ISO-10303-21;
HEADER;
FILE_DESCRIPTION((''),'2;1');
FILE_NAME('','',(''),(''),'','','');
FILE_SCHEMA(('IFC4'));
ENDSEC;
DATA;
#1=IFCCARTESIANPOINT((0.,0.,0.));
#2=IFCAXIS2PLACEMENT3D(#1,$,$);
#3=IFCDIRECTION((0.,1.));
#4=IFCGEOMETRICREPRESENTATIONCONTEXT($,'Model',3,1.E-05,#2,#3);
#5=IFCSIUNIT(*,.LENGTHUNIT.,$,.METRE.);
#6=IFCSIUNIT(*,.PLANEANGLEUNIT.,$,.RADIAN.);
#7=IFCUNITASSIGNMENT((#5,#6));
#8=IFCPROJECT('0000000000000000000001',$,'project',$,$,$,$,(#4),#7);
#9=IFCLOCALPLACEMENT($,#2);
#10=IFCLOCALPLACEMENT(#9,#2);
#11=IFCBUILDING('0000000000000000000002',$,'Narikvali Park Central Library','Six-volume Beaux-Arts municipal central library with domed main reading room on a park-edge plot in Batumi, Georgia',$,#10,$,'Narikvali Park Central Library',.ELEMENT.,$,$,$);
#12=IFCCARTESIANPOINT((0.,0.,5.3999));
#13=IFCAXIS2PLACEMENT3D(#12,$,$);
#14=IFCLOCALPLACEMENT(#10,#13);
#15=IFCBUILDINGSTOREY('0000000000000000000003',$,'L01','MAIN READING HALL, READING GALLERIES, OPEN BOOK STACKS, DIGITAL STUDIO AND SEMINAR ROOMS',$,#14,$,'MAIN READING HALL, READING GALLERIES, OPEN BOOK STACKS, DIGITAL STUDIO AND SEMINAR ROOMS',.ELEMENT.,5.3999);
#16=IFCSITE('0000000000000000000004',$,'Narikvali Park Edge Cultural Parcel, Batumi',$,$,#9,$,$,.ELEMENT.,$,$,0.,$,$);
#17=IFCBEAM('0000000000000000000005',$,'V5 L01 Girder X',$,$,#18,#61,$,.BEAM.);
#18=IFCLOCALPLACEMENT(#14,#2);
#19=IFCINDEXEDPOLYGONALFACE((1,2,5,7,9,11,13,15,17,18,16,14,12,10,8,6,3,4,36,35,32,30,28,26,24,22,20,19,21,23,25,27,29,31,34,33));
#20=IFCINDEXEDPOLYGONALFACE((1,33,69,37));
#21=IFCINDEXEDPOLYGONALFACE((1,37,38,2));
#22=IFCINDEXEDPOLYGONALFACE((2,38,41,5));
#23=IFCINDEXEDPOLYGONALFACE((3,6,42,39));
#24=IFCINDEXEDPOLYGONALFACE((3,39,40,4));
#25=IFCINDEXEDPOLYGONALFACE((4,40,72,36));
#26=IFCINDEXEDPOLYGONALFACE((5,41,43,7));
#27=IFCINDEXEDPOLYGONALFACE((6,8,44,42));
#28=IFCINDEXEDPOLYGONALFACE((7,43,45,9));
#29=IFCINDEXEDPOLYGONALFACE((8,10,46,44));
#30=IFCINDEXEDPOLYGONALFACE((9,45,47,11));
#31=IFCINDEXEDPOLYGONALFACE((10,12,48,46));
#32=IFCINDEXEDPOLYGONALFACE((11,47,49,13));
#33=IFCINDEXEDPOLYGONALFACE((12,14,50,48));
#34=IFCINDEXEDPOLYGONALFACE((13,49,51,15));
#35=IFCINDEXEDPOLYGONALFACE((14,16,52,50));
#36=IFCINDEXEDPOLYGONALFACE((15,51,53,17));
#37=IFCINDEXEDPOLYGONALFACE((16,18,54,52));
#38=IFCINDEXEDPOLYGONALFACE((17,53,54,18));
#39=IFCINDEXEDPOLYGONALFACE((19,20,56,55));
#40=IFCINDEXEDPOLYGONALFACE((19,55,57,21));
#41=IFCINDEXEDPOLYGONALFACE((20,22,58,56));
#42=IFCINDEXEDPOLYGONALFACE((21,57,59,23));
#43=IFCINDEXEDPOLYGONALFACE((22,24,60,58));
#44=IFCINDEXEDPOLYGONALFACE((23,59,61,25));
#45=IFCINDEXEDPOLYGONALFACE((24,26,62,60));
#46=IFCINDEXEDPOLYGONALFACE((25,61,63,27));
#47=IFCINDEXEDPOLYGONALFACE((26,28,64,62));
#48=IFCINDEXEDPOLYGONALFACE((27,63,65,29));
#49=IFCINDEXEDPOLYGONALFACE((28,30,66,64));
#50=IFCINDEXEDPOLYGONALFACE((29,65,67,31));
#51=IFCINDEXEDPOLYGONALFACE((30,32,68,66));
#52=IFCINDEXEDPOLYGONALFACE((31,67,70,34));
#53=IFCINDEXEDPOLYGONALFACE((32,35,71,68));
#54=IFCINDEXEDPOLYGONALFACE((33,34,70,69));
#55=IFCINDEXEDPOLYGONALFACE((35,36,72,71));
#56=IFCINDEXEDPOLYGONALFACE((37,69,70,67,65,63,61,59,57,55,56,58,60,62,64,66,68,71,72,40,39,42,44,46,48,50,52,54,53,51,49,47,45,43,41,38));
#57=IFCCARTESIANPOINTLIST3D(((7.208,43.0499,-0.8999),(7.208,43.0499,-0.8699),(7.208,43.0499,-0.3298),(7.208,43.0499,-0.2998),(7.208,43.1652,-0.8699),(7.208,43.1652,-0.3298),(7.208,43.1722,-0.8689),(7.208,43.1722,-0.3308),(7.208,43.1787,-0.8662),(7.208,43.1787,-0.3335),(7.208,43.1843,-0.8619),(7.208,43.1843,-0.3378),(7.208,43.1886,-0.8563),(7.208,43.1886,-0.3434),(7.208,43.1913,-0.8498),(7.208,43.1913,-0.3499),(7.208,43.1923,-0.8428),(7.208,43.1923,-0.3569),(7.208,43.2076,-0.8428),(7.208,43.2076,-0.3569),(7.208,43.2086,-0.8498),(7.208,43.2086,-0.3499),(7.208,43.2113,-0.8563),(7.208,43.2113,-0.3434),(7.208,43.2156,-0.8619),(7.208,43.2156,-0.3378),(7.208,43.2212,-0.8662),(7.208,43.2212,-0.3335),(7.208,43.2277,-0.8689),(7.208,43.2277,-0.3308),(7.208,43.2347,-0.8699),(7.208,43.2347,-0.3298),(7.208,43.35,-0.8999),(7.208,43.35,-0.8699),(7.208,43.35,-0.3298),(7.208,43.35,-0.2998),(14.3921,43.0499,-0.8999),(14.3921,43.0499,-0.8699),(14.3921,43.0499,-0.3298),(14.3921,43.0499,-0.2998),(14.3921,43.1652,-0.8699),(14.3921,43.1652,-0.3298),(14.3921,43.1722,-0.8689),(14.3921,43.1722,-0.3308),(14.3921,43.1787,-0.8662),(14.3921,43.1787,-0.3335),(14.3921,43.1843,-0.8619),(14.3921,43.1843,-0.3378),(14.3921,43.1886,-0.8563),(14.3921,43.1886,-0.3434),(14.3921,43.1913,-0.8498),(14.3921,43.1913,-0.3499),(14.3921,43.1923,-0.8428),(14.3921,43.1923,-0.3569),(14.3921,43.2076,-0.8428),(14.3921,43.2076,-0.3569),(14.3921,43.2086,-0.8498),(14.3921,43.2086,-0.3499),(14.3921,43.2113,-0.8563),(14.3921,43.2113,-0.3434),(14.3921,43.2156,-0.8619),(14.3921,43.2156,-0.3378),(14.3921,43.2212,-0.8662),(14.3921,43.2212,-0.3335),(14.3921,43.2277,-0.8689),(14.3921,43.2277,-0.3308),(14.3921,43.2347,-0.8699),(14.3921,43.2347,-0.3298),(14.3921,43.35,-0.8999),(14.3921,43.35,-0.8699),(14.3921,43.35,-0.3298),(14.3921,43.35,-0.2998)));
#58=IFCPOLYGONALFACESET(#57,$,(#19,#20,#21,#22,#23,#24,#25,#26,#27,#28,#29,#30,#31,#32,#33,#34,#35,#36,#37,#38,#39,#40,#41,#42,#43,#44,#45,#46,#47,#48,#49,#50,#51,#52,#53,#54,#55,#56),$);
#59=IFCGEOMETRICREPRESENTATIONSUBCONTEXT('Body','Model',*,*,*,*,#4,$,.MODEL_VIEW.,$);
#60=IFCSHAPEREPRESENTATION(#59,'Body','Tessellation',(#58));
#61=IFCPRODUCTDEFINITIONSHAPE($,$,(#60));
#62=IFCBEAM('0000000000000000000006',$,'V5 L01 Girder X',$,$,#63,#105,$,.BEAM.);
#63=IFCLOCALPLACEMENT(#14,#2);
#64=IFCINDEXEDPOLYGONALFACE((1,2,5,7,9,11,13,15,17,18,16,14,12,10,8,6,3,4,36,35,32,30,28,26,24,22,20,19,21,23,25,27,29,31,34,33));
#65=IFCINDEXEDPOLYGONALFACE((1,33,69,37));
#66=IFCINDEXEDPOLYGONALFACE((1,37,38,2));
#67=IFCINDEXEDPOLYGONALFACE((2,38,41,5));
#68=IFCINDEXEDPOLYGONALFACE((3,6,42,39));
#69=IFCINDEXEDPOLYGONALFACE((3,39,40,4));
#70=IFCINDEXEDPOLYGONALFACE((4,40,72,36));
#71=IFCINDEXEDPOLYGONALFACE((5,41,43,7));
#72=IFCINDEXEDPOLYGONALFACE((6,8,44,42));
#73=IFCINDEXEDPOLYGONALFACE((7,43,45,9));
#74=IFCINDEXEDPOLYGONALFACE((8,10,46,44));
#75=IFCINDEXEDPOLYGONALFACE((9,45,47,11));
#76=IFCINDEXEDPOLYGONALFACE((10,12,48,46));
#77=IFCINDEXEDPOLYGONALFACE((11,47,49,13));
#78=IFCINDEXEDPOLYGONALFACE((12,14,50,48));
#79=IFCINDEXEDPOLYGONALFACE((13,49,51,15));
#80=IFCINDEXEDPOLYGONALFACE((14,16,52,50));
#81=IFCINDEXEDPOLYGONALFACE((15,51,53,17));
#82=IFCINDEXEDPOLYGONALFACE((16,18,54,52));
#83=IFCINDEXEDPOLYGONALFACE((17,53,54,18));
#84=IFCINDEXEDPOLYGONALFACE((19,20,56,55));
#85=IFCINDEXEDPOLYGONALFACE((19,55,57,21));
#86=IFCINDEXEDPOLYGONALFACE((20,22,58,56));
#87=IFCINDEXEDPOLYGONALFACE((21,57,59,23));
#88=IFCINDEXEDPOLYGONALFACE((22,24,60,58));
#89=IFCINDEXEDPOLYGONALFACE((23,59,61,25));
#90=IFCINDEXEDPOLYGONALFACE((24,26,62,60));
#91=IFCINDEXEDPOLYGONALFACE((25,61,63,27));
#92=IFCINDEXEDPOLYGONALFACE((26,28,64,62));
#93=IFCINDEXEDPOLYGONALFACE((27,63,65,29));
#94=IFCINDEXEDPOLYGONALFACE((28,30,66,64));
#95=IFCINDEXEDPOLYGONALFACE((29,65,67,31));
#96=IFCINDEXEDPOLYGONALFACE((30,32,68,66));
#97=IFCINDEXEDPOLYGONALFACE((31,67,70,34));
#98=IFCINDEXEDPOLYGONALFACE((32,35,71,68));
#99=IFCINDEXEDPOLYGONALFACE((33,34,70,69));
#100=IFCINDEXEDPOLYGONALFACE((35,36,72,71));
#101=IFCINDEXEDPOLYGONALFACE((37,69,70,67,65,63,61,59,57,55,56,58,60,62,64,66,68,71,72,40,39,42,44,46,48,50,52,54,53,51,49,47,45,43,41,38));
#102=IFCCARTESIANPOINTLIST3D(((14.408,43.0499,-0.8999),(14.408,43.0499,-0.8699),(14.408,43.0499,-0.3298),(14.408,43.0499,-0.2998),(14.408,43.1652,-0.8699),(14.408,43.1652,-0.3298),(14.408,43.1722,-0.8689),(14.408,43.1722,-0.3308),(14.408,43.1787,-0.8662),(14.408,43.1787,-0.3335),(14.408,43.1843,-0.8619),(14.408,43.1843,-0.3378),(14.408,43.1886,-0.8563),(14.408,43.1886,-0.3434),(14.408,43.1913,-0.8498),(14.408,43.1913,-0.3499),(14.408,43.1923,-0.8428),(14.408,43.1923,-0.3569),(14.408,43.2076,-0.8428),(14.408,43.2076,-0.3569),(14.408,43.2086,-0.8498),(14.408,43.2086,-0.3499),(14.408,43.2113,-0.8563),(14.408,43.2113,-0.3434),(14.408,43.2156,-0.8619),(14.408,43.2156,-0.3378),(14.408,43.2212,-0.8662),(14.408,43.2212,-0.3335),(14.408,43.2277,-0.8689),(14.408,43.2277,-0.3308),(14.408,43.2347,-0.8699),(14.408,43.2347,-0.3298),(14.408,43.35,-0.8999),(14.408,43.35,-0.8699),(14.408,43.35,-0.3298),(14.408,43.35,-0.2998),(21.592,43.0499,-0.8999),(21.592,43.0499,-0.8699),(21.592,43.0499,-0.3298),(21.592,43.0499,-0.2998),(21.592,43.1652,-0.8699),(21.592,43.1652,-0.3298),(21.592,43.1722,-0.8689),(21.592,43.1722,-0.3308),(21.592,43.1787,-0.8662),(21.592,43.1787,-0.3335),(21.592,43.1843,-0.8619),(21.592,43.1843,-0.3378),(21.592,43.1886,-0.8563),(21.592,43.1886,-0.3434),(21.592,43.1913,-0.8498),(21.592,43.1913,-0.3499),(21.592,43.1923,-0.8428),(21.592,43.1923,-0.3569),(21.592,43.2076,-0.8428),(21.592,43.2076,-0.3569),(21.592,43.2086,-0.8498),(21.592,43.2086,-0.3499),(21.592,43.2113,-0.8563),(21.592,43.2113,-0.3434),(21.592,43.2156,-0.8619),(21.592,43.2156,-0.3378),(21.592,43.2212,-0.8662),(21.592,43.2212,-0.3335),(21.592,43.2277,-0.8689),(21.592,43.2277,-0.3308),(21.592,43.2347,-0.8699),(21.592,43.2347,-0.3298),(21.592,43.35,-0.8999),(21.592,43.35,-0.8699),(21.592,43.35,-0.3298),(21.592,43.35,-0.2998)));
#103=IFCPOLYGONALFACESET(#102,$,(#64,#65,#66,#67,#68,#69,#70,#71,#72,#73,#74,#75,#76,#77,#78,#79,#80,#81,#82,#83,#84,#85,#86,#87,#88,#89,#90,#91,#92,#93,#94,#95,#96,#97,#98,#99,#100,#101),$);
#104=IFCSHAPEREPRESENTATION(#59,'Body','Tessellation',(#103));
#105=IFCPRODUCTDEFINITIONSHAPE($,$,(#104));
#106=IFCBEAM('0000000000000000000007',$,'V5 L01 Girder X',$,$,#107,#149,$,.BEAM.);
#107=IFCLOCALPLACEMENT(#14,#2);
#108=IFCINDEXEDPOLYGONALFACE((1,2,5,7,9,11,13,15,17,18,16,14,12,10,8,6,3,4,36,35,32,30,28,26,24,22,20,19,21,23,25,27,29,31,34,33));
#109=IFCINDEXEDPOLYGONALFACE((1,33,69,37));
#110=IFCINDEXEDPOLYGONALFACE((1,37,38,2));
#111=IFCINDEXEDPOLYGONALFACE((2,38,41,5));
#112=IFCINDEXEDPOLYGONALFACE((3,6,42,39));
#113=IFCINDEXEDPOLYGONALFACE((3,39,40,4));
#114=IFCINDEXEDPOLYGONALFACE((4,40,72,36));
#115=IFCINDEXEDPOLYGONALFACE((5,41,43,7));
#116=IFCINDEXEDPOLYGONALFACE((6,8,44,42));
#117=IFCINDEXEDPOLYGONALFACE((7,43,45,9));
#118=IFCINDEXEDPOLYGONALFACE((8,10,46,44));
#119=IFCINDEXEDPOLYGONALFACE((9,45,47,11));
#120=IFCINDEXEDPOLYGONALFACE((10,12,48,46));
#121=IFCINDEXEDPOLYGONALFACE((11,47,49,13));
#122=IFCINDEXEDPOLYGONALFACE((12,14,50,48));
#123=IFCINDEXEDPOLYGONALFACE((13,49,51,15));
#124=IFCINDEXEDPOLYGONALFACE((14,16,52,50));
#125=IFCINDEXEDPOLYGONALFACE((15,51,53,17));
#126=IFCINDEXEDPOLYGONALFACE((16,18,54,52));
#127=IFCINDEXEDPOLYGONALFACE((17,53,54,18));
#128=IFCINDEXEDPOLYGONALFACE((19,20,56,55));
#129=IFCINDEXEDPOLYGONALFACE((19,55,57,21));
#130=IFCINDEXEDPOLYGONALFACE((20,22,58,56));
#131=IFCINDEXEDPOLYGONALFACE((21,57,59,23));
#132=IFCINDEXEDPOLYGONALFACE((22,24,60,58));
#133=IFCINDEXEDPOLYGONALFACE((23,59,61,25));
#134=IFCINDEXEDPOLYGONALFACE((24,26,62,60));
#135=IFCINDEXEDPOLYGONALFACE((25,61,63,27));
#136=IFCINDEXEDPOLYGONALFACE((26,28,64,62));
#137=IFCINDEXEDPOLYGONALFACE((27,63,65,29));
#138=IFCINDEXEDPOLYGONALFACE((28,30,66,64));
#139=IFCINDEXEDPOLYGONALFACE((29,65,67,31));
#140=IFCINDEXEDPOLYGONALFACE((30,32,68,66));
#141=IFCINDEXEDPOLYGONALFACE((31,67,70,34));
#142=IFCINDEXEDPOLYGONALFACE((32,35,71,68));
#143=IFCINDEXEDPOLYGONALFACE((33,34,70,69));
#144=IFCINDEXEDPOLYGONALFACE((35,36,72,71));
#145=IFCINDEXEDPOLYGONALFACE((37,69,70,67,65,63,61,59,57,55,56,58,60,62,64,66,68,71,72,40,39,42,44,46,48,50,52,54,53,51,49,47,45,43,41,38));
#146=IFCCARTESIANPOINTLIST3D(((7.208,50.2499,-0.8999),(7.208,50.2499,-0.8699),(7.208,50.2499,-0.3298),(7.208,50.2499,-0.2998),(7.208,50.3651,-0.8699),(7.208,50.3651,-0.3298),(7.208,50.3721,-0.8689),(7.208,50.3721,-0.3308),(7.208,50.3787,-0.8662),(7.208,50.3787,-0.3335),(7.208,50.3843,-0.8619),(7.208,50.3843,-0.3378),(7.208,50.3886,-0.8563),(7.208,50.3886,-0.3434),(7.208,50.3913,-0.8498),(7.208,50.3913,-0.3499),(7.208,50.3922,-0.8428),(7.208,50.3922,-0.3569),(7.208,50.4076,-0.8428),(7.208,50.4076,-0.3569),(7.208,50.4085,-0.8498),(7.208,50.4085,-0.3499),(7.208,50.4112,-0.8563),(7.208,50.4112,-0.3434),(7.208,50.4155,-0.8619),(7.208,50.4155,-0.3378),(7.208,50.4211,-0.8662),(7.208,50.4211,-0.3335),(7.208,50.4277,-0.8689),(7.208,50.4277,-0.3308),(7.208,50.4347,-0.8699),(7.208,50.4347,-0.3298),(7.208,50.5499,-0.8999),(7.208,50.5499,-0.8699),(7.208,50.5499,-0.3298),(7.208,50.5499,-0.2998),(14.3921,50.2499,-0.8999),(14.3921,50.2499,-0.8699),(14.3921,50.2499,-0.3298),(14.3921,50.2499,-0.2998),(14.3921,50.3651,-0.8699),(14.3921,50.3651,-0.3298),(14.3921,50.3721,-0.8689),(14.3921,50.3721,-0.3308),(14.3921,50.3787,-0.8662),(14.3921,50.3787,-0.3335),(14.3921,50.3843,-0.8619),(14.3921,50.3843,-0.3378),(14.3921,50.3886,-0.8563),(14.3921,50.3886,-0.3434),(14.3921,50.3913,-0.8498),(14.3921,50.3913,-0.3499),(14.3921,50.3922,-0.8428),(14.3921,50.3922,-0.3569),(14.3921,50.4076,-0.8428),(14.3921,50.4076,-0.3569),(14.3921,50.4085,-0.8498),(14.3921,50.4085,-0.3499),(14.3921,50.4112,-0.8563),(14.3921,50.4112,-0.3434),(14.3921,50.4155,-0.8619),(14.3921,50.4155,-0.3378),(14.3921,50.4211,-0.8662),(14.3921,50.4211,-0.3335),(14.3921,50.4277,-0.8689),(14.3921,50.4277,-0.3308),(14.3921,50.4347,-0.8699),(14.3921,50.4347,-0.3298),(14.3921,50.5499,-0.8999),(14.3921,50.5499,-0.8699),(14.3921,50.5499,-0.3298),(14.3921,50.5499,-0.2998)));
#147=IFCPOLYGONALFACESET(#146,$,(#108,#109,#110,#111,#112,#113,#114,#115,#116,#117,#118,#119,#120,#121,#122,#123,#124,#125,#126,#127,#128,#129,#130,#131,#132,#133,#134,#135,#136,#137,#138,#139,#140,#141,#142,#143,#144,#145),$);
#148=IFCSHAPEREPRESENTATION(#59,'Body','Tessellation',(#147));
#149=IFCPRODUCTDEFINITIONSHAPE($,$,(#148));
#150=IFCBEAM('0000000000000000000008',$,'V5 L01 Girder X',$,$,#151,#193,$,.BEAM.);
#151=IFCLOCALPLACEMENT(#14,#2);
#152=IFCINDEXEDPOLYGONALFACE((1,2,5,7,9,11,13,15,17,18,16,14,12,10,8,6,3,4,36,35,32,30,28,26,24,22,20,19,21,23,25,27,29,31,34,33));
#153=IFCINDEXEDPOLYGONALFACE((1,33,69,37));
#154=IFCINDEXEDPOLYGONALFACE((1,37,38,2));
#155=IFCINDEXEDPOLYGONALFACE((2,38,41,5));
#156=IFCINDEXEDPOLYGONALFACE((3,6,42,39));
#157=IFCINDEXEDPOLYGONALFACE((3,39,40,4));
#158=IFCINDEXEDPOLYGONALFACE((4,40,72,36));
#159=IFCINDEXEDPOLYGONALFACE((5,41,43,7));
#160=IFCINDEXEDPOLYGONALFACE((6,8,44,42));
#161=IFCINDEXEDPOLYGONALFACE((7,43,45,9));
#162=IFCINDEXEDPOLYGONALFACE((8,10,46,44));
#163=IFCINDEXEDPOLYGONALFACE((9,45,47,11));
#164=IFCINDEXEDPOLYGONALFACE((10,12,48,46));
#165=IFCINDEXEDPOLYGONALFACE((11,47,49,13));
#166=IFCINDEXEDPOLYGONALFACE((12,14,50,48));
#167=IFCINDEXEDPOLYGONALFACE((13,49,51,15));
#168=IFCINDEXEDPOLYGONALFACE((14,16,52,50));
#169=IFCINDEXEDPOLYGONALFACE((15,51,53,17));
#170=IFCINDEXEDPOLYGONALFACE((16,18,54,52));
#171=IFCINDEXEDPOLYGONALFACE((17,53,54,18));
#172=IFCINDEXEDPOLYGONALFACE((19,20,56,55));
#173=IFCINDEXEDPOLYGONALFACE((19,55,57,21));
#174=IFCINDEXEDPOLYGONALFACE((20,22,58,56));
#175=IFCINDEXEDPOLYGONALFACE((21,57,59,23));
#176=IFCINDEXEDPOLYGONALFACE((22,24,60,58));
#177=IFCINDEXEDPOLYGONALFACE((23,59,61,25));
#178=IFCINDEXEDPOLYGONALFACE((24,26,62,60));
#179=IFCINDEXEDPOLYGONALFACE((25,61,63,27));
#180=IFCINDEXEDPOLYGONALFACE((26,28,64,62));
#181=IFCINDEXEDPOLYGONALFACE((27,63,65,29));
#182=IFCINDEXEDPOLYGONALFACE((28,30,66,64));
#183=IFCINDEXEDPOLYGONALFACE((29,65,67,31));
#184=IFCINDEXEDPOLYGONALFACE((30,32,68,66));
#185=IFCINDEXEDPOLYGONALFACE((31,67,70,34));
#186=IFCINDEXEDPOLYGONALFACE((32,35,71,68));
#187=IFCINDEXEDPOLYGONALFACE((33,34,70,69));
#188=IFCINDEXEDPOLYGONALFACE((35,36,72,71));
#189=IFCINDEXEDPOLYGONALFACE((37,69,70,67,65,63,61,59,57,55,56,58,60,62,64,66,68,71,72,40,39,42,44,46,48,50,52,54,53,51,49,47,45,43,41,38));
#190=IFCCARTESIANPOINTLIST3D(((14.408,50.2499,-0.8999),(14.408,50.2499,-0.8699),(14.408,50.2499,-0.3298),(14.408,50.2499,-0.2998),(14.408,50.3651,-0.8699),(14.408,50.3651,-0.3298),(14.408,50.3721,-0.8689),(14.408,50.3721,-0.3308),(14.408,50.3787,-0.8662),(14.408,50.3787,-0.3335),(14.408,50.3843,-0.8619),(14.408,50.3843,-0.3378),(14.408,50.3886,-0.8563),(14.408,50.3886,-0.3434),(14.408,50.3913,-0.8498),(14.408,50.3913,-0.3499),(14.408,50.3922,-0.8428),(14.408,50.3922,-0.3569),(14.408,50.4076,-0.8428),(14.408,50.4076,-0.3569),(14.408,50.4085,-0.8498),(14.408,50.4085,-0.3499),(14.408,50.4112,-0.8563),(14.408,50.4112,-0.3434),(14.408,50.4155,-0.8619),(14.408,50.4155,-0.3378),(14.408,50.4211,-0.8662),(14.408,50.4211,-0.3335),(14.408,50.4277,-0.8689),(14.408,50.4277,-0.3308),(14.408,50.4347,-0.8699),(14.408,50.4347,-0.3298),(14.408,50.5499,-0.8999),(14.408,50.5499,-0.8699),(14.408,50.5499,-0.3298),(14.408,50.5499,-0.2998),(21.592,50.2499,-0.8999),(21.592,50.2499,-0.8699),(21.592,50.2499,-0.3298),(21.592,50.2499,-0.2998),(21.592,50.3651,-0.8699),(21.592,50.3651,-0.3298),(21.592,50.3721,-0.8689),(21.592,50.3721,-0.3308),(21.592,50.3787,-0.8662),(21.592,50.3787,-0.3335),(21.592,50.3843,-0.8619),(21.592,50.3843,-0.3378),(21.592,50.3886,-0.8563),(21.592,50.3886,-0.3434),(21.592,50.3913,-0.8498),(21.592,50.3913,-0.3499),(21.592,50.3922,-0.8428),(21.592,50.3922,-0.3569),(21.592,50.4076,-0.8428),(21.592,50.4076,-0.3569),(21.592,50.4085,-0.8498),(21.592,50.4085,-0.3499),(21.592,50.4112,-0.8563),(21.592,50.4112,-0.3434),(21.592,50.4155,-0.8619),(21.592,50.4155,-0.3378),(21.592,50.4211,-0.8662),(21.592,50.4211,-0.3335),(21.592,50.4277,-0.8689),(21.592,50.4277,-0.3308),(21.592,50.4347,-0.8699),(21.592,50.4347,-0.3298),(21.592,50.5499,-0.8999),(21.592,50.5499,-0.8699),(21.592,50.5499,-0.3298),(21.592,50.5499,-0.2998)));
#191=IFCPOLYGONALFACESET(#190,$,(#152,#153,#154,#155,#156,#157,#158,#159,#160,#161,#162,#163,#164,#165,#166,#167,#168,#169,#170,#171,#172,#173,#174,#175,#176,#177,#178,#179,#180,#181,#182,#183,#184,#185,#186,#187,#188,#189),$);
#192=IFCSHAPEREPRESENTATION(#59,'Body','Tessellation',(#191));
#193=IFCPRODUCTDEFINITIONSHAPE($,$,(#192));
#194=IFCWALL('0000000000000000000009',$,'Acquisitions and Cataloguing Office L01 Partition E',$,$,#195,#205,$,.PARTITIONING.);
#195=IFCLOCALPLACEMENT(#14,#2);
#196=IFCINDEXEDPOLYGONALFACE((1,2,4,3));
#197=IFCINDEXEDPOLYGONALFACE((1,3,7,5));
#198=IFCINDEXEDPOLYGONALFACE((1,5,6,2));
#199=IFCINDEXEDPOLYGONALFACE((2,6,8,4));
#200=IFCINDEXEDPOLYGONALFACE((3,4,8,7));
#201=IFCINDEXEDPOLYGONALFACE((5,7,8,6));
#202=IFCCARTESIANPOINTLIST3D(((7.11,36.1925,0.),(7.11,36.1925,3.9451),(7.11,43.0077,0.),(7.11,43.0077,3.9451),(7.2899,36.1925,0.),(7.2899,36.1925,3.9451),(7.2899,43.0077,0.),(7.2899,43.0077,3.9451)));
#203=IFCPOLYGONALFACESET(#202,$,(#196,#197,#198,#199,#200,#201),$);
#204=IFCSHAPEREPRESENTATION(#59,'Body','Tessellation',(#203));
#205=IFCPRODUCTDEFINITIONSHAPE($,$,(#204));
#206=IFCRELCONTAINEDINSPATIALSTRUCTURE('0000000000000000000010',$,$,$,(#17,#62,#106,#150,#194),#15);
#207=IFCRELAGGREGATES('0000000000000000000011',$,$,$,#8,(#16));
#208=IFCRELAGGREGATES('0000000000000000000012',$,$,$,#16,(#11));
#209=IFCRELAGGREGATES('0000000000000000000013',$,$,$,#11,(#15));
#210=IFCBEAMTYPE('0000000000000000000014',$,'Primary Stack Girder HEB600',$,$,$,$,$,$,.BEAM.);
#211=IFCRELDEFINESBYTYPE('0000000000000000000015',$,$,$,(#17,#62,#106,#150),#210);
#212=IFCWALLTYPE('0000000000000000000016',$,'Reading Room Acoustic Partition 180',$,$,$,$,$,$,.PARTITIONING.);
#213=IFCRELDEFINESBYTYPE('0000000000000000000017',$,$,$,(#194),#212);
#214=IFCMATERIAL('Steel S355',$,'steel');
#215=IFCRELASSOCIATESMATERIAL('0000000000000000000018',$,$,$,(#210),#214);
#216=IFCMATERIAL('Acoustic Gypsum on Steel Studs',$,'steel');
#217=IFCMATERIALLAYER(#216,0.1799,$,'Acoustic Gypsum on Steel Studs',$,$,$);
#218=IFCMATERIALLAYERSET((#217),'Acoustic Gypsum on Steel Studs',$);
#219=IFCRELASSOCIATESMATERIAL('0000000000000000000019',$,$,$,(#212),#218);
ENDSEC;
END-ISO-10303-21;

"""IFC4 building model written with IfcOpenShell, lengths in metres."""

from ifc_helpers import new_model, si_unit, direction, frame, frame_2d, origin, origin_2d, place, context, subcontext, project, spatial, rectangle, i_section, extrude, material, layer, layer_set, material_profile, profile_set, type_object, element, save


model = new_model("IFC4")

# Units and contexts
model_context = context("Model", 3, precision=1e-05, world=origin(), true_north=direction((0.0, 1.0)))
body_context = subcontext(model_context, "Body", "Model", "MODEL_VIEW")
ifc_project = project(units=[si_unit("LENGTHUNIT", "METRE"), si_unit("PLANEANGLEUNIT", "RADIAN")], contexts=[model_context])

# Site, building, storey
site_placement = place(None, origin())
site = spatial("IfcSite", under=ifc_project, at=site_placement, Name="Narikvali Park Edge Cultural Parcel, Batumi", CompositionType="ELEMENT", RefElevation=0.0)
building_placement = place(site_placement, origin())
building = spatial("IfcBuilding", under=site, at=building_placement, Name="Narikvali Park Central Library", Description="Six-volume Beaux-Arts municipal central library with domed main reading room on a park-edge plot in Batumi, Georgia", LongName="Narikvali Park Central Library", CompositionType="ELEMENT")
storey_placement = place(building_placement, frame((0.0, 0.0, 5.3999)))
storey = spatial("IfcBuildingStorey", under=building, at=storey_placement, Name="L01", Description="MAIN READING HALL, READING GALLERIES, OPEN BOOK STACKS, DIGITAL STUDIO AND SEMINAR ROOMS", LongName="MAIN READING HALL, READING GALLERIES, OPEN BOOK STACKS, DIGITAL STUDIO AND SEMINAR ROOMS", CompositionType="ELEMENT", Elevation=5.3999)

# Shared definitions
ifc_material_1 = material(Name="Steel S355", Category="steel")

# Beams
ifc_material_profile_1 = material_profile(ifc_material_1, i_section(OverallWidth=0.3, OverallDepth=0.6001, WebThickness=0.0154, FlangeThickness=0.03, FilletRadius=0.0271, at=origin_2d()), Name="HEB 600")
ifc_profile_set_1 = profile_set([ifc_material_profile_1], Name="Steel S355")
beam_type_1 = type_object("IfcBeamType", Name="Primary Stack Girder HEB600", PredefinedType="BEAM", material=ifc_profile_set_1)
for number, where, z_axis, x_axis, name in (
    (1, (7.208, 43.2, -0.5999), (1.0, 0.0, 0.0), (0.0, 1.0, 0.0), "V5 L01 Girder X"),
    (2, (14.408, 43.2, -0.5999), (1.0, 0.0, 0.0), (0.0, 1.0, 0.0), "V5 L01 Girder X"),
    (3, (7.208, 50.3999, -0.5999), (1.0, 0.0, 0.0), (0.0, 1.0, 0.0), "V5 L01 Girder X"),
    (4, (14.408, 50.3999, -0.5999), (1.0, 0.0, 0.0), (0.0, 1.0, 0.0), "V5 L01 Girder X"),
):
    element("IfcBeam", number, at=place(storey_placement, frame(where, z_axis=z_axis, x_axis=x_axis)), inside=storey, type_object=beam_type_1, Name=name, PredefinedType="BEAM", context=body_context, shape_type="SweptSolid", body=[
        extrude(i_section(OverallWidth=0.3, OverallDepth=0.6001, WebThickness=0.0154, FlangeThickness=0.03, FilletRadius=0.0271, at=origin_2d()), origin(), (0.0, 0.0, 1.0), 7.1841),
    ])

# Wall
ifc_material_2 = material(Name="Acoustic Gypsum on Steel Studs", Category="steel")
ifc_layer_1 = layer(ifc_material_2, 0.1799, Name="Acoustic Gypsum on Steel Studs")
ifc_layer_set_1 = layer_set([ifc_layer_1], Name="Acoustic Gypsum on Steel Studs")
wall_type_1 = type_object("IfcWallType", Name="Reading Room Acoustic Partition 180", PredefinedType="PARTITIONING", material=ifc_layer_set_1)
wall_1_placement = place(storey_placement, frame((7.2, 36.1924, 0.0), z_axis=(0.0, 0.0, 1.0), x_axis=(0.0, 1.0, 0.0)))
element("IfcWall", 5, at=wall_1_placement, inside=storey, type_object=wall_type_1, Name="Acquisitions and Cataloguing Office L01 Partition E", PredefinedType="PARTITIONING", context=body_context, shape_type="SweptSolid", body=[
    extrude(rectangle(XDim=6.8152, YDim=0.1799, at=frame_2d((3.4077, 0.0))), origin(), (0.0, 0.0, 1.0), 3.9451),
])

save(model, "model.ifc")
